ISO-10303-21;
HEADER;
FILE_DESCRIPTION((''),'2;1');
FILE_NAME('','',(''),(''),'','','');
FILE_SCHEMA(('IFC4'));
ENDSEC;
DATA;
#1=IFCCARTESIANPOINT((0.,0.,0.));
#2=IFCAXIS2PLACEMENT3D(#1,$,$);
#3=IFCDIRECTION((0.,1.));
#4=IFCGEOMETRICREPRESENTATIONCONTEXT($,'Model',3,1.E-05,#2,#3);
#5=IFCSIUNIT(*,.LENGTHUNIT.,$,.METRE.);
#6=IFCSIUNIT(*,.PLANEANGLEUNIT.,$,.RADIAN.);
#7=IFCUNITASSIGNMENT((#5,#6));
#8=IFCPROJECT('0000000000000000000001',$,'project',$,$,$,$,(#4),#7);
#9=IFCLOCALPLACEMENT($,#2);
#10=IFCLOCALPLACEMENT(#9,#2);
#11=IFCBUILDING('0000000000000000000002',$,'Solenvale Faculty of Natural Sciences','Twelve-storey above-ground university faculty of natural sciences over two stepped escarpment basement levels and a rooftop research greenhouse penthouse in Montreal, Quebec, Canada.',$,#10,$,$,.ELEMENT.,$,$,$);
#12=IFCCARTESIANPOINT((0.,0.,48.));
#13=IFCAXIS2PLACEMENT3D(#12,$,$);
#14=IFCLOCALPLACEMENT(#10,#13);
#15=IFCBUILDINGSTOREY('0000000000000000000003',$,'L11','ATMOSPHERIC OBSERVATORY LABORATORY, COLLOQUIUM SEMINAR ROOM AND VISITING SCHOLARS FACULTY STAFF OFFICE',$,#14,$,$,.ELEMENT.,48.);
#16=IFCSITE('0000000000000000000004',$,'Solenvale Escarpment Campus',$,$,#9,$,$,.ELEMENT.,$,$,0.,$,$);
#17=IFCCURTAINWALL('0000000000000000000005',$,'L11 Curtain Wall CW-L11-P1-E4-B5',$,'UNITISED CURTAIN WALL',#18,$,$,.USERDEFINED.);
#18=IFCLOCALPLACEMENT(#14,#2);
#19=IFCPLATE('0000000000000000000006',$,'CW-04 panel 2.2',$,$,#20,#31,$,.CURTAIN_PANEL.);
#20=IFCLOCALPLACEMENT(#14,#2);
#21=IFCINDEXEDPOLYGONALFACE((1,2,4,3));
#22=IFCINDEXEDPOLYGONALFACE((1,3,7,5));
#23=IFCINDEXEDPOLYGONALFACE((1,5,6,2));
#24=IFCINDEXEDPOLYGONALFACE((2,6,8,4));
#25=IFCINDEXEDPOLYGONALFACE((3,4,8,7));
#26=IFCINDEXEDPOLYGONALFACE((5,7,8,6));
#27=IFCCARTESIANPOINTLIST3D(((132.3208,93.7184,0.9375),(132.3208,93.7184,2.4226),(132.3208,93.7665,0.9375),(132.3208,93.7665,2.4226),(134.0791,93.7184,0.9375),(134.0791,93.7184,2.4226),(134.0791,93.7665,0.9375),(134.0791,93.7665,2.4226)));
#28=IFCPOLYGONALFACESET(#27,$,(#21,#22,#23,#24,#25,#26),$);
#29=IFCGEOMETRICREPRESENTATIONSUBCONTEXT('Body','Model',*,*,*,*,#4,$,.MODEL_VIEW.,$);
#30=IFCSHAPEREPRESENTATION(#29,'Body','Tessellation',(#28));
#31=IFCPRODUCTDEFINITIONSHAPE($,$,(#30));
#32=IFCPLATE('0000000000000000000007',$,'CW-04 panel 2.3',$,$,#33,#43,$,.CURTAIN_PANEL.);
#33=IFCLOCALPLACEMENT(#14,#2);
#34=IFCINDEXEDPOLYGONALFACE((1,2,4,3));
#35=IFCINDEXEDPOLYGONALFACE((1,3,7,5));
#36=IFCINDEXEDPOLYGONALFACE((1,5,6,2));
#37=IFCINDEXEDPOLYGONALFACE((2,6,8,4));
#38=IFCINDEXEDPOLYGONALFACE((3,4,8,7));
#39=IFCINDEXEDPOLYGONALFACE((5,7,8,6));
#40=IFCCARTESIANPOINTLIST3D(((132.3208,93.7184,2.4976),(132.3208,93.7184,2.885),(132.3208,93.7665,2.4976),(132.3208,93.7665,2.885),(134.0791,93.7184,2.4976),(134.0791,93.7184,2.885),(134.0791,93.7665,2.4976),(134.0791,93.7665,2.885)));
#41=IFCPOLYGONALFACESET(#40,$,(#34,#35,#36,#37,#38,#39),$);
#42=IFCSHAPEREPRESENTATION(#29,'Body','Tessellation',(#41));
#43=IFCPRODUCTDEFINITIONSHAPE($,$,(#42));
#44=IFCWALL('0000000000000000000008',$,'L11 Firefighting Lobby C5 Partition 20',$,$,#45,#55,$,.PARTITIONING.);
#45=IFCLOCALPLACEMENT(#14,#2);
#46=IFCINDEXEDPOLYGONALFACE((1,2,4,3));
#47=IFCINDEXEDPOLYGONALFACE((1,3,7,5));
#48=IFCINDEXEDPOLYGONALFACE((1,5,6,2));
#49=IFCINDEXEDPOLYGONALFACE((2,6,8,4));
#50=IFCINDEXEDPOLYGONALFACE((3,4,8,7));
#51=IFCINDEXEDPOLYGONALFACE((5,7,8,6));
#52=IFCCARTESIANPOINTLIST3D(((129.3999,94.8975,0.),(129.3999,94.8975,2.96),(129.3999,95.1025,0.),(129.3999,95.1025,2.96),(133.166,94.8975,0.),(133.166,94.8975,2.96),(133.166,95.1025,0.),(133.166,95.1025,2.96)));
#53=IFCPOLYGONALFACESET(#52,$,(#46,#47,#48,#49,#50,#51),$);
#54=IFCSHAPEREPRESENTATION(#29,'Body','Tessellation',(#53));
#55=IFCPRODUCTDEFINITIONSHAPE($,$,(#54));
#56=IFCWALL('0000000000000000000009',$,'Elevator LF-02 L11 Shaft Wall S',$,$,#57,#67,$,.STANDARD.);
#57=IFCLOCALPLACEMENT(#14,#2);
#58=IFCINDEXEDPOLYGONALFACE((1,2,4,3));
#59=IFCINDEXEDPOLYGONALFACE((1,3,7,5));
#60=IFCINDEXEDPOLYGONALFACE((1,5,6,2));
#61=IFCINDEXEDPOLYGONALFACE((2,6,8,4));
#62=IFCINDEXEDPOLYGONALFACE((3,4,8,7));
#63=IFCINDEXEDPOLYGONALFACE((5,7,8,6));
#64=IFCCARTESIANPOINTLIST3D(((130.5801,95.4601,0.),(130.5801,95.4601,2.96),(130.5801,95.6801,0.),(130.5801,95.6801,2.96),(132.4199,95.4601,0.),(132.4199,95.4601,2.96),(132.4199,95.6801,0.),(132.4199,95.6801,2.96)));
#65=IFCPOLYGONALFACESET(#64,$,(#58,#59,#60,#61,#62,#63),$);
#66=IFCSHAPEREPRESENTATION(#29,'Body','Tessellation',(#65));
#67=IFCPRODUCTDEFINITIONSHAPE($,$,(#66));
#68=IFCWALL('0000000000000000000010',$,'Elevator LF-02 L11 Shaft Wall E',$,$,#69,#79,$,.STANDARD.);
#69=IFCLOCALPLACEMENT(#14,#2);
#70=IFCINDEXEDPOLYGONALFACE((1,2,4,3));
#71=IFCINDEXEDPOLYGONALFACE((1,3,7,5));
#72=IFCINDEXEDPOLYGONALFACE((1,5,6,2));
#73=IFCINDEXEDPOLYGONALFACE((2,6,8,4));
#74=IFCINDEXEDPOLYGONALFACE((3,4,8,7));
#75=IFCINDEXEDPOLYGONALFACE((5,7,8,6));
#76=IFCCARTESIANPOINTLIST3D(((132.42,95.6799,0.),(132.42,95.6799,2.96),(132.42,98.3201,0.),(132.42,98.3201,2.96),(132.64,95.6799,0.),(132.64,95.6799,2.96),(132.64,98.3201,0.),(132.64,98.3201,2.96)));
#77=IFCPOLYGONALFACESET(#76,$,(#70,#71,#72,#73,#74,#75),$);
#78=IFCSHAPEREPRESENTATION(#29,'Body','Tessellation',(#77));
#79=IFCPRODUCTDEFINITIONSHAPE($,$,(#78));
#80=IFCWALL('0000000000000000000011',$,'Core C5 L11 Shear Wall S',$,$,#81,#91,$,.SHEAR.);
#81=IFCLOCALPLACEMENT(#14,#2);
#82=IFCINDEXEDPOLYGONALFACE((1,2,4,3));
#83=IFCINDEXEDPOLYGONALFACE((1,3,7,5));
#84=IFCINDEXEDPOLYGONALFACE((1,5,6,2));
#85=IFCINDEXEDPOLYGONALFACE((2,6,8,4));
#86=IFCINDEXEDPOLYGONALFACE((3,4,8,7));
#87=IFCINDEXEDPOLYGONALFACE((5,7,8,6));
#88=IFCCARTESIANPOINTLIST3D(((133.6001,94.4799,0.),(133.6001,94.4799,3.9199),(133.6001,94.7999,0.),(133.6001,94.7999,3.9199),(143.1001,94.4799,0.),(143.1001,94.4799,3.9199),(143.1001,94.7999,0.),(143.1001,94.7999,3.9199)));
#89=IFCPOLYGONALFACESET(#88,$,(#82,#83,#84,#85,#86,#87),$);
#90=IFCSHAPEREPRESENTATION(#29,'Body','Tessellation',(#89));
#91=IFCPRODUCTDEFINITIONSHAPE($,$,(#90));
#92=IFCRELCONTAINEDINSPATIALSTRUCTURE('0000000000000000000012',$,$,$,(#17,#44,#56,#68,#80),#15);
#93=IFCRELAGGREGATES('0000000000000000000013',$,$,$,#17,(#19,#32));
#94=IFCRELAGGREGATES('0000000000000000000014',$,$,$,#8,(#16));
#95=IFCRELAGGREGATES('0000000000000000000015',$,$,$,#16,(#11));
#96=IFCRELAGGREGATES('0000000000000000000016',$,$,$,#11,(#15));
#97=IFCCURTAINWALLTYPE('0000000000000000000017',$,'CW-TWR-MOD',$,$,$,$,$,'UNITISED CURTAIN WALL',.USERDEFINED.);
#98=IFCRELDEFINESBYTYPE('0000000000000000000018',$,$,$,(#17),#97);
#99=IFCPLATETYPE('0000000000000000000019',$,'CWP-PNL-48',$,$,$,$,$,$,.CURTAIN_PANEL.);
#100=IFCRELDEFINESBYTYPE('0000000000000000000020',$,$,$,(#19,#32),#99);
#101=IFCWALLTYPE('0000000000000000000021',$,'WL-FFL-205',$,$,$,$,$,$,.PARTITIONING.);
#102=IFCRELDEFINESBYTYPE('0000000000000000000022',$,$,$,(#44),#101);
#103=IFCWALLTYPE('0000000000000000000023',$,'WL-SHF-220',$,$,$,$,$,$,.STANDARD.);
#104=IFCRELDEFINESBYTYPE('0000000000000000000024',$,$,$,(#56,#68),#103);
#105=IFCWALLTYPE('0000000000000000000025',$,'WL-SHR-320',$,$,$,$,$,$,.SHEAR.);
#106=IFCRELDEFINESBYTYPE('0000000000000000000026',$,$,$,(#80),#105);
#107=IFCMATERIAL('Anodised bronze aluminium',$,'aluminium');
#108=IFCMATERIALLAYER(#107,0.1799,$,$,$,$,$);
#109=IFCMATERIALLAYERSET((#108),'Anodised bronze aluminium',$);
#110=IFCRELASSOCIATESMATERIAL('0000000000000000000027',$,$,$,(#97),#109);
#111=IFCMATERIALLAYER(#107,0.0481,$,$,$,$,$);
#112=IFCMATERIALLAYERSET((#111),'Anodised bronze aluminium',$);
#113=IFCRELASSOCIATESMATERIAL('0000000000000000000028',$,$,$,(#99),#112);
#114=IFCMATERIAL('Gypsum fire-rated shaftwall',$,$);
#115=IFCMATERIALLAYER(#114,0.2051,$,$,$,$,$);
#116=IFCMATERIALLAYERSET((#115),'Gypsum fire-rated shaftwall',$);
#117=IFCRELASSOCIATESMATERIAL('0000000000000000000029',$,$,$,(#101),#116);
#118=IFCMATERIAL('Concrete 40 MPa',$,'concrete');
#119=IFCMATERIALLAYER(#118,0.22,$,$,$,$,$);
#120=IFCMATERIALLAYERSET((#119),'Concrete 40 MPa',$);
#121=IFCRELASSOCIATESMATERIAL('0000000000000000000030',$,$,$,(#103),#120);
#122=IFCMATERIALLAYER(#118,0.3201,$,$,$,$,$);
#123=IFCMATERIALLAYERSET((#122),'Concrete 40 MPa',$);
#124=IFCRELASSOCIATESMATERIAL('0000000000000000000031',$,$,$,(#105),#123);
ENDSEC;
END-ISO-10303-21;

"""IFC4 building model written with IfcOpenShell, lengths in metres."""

from ifc_helpers import new_model, si_unit, direction, frame, frame_2d, origin, origin_2d, place, context, subcontext, project, spatial, rectangle, extrude, material, layer, layer_set, type_object, element, aggregate, save


model = new_model("IFC4")

# Units and contexts
model_context = context("Model", 3, precision=1e-05, world=origin(), true_north=direction((0.0, 1.0)))
body_context = subcontext(model_context, "Body", "Model", "MODEL_VIEW")
ifc_project = project(units=[si_unit("LENGTHUNIT", "METRE"), si_unit("PLANEANGLEUNIT", "RADIAN")], contexts=[model_context])

# Site, building, storey
site_placement = place(None, origin())
site = spatial("IfcSite", under=ifc_project, at=site_placement, Name="Solenvale Escarpment Campus", CompositionType="ELEMENT", RefElevation=0.0)
building_placement = place(site_placement, origin())
building = spatial("IfcBuilding", under=site, at=building_placement, Name="Solenvale Faculty of Natural Sciences", Description="Twelve-storey above-ground university faculty of natural sciences over two stepped escarpment basement levels and a rooftop research greenhouse penthouse in Montreal, Quebec, Canada.", CompositionType="ELEMENT")
storey_placement = place(building_placement, frame((0.0, 0.0, 48.0)))
storey = spatial("IfcBuildingStorey", under=building, at=storey_placement, Name="L11", Description="ATMOSPHERIC OBSERVATORY LABORATORY, COLLOQUIUM SEMINAR ROOM AND VISITING SCHOLARS FACULTY STAFF OFFICE", CompositionType="ELEMENT", Elevation=48.0)

# Curtain wall, plates
ifc_material_1 = material(Name="Anodised bronze aluminium", Category="aluminium")
ifc_layer_1 = layer(ifc_material_1, 0.1799)
ifc_layer_set_1 = layer_set([ifc_layer_1], Name="Anodised bronze aluminium")
curtain_wall_type = type_object("IfcCurtainWallType", Name="CW-TWR-MOD", ElementType="UNITISED CURTAIN WALL", PredefinedType="USERDEFINED", material=ifc_layer_set_1)
curtain_wall_placement = place(storey_placement, origin())
curtain_wall = element("IfcCurtainWall", 1, at=curtain_wall_placement, inside=storey, type_object=curtain_wall_type, Name="L11 Curtain Wall CW-L11-P1-E4-B5", ObjectType="UNITISED CURTAIN WALL", PredefinedType="USERDEFINED")
ifc_layer_2 = layer(ifc_material_1, 0.0481)
ifc_layer_set_2 = layer_set([ifc_layer_2], Name="Anodised bronze aluminium")
plate_type = type_object("IfcPlateType", Name="CWP-PNL-48", PredefinedType="CURTAIN_PANEL", material=ifc_layer_set_2)
plate_1_placement = place(storey_placement, frame((133.2, 93.7424, 0.9375), z_axis=(0.0, 0.0, 1.0), x_axis=(1.0, 0.0, 0.0)))
plate_1 = element("IfcPlate", 2, at=plate_1_placement, type_object=plate_type, Name="CW-04 panel 2.2", PredefinedType="CURTAIN_PANEL", context=body_context, shape_type="SweptSolid", body=[
    extrude(rectangle(XDim=1.7583, YDim=0.0481, at=origin_2d()), origin(), (0.0, 0.0, 1.0), 1.4851),
])
plate_2_placement = place(storey_placement, frame((133.2, 93.7424, 2.4976), z_axis=(0.0, 0.0, 1.0), x_axis=(1.0, 0.0, 0.0)))
plate_2 = element("IfcPlate", 3, at=plate_2_placement, type_object=plate_type, Name="CW-04 panel 2.3", PredefinedType="CURTAIN_PANEL", context=body_context, shape_type="SweptSolid", body=[
    extrude(rectangle(XDim=1.7583, YDim=0.0481, at=origin_2d()), origin(), (0.0, 0.0, 1.0), 0.3875),
])
aggregate(curtain_wall, [plate_1, plate_2])

# Walls
ifc_material_2 = material(Name="Gypsum fire-rated shaftwall")
ifc_layer_3 = layer(ifc_material_2, 0.2051)
ifc_layer_set_3 = layer_set([ifc_layer_3], Name="Gypsum fire-rated shaftwall")
wall_type_1 = type_object("IfcWallType", Name="WL-FFL-205", PredefinedType="PARTITIONING", material=ifc_layer_set_3)
wall_1_placement = place(storey_placement, frame((133.166, 95.0, 0.0), z_axis=(0.0, 0.0, 1.0), x_axis=(-1.0, 0.0, 0.0)))
element("IfcWall", 4, at=wall_1_placement, inside=storey, type_object=wall_type_1, Name="L11 Firefighting Lobby C5 Partition 20", PredefinedType="PARTITIONING", context=body_context, shape_type="SweptSolid", body=[
    extrude(rectangle(XDim=3.7661, YDim=0.2051, at=frame_2d((1.8831, 0.0))), origin(), (0.0, 0.0, 1.0), 2.96),
])
ifc_material_3 = material(Name="Concrete 40 MPa", Category="concrete")
ifc_layer_4 = layer(ifc_material_3, 0.22)
ifc_layer_set_4 = layer_set([ifc_layer_4], Name="Concrete 40 MPa")
wall_type_2 = type_object("IfcWallType", Name="WL-SHF-220", PredefinedType="STANDARD", material=ifc_layer_set_4)
wall_2_placement = place(storey_placement, frame((130.5801, 95.5701, 0.0), z_axis=(0.0, 0.0, 1.0), x_axis=(1.0, 0.0, 0.0)))
element("IfcWall", 5, at=wall_2_placement, inside=storey, type_object=wall_type_2, Name="Elevator LF-02 L11 Shaft Wall S", PredefinedType="STANDARD", context=body_context, shape_type="SweptSolid", body=[
    extrude(rectangle(XDim=1.8398, YDim=0.22, at=frame_2d((0.9199, 0.0))), origin(), (0.0, 0.0, 1.0), 2.96),
])

# Walls
wall_3_placement = place(storey_placement, frame((132.53, 95.6799, 0.0), z_axis=(0.0, 0.0, 1.0), x_axis=(0.0, 1.0, 0.0)))
element("IfcWall", 6, at=wall_3_placement, inside=storey, type_object=wall_type_2, Name="Elevator LF-02 L11 Shaft Wall E", PredefinedType="STANDARD", context=body_context, shape_type="SweptSolid", body=[
    extrude(rectangle(XDim=2.6401, YDim=0.22, at=frame_2d((1.3201, 0.0))), origin(), (0.0, 0.0, 1.0), 2.96),
])
ifc_layer_5 = layer(ifc_material_3, 0.3201)
ifc_layer_set_5 = layer_set([ifc_layer_5], Name="Concrete 40 MPa")
wall_type_3 = type_object("IfcWallType", Name="WL-SHR-320", PredefinedType="SHEAR", material=ifc_layer_set_5)
wall_4_placement = place(storey_placement, frame((133.6001, 94.6399, 0.0), z_axis=(0.0, 0.0, 1.0), x_axis=(1.0, 0.0, 0.0)))
element("IfcWall", 7, at=wall_4_placement, inside=storey, type_object=wall_type_3, Name="Core C5 L11 Shear Wall S", PredefinedType="SHEAR", context=body_context, shape_type="SweptSolid", body=[
    extrude(rectangle(XDim=9.5, YDim=0.3201, at=frame_2d((4.75, 0.0))), origin(), (0.0, 0.0, 1.0), 3.9199),
])

save(model, "model.ifc")
